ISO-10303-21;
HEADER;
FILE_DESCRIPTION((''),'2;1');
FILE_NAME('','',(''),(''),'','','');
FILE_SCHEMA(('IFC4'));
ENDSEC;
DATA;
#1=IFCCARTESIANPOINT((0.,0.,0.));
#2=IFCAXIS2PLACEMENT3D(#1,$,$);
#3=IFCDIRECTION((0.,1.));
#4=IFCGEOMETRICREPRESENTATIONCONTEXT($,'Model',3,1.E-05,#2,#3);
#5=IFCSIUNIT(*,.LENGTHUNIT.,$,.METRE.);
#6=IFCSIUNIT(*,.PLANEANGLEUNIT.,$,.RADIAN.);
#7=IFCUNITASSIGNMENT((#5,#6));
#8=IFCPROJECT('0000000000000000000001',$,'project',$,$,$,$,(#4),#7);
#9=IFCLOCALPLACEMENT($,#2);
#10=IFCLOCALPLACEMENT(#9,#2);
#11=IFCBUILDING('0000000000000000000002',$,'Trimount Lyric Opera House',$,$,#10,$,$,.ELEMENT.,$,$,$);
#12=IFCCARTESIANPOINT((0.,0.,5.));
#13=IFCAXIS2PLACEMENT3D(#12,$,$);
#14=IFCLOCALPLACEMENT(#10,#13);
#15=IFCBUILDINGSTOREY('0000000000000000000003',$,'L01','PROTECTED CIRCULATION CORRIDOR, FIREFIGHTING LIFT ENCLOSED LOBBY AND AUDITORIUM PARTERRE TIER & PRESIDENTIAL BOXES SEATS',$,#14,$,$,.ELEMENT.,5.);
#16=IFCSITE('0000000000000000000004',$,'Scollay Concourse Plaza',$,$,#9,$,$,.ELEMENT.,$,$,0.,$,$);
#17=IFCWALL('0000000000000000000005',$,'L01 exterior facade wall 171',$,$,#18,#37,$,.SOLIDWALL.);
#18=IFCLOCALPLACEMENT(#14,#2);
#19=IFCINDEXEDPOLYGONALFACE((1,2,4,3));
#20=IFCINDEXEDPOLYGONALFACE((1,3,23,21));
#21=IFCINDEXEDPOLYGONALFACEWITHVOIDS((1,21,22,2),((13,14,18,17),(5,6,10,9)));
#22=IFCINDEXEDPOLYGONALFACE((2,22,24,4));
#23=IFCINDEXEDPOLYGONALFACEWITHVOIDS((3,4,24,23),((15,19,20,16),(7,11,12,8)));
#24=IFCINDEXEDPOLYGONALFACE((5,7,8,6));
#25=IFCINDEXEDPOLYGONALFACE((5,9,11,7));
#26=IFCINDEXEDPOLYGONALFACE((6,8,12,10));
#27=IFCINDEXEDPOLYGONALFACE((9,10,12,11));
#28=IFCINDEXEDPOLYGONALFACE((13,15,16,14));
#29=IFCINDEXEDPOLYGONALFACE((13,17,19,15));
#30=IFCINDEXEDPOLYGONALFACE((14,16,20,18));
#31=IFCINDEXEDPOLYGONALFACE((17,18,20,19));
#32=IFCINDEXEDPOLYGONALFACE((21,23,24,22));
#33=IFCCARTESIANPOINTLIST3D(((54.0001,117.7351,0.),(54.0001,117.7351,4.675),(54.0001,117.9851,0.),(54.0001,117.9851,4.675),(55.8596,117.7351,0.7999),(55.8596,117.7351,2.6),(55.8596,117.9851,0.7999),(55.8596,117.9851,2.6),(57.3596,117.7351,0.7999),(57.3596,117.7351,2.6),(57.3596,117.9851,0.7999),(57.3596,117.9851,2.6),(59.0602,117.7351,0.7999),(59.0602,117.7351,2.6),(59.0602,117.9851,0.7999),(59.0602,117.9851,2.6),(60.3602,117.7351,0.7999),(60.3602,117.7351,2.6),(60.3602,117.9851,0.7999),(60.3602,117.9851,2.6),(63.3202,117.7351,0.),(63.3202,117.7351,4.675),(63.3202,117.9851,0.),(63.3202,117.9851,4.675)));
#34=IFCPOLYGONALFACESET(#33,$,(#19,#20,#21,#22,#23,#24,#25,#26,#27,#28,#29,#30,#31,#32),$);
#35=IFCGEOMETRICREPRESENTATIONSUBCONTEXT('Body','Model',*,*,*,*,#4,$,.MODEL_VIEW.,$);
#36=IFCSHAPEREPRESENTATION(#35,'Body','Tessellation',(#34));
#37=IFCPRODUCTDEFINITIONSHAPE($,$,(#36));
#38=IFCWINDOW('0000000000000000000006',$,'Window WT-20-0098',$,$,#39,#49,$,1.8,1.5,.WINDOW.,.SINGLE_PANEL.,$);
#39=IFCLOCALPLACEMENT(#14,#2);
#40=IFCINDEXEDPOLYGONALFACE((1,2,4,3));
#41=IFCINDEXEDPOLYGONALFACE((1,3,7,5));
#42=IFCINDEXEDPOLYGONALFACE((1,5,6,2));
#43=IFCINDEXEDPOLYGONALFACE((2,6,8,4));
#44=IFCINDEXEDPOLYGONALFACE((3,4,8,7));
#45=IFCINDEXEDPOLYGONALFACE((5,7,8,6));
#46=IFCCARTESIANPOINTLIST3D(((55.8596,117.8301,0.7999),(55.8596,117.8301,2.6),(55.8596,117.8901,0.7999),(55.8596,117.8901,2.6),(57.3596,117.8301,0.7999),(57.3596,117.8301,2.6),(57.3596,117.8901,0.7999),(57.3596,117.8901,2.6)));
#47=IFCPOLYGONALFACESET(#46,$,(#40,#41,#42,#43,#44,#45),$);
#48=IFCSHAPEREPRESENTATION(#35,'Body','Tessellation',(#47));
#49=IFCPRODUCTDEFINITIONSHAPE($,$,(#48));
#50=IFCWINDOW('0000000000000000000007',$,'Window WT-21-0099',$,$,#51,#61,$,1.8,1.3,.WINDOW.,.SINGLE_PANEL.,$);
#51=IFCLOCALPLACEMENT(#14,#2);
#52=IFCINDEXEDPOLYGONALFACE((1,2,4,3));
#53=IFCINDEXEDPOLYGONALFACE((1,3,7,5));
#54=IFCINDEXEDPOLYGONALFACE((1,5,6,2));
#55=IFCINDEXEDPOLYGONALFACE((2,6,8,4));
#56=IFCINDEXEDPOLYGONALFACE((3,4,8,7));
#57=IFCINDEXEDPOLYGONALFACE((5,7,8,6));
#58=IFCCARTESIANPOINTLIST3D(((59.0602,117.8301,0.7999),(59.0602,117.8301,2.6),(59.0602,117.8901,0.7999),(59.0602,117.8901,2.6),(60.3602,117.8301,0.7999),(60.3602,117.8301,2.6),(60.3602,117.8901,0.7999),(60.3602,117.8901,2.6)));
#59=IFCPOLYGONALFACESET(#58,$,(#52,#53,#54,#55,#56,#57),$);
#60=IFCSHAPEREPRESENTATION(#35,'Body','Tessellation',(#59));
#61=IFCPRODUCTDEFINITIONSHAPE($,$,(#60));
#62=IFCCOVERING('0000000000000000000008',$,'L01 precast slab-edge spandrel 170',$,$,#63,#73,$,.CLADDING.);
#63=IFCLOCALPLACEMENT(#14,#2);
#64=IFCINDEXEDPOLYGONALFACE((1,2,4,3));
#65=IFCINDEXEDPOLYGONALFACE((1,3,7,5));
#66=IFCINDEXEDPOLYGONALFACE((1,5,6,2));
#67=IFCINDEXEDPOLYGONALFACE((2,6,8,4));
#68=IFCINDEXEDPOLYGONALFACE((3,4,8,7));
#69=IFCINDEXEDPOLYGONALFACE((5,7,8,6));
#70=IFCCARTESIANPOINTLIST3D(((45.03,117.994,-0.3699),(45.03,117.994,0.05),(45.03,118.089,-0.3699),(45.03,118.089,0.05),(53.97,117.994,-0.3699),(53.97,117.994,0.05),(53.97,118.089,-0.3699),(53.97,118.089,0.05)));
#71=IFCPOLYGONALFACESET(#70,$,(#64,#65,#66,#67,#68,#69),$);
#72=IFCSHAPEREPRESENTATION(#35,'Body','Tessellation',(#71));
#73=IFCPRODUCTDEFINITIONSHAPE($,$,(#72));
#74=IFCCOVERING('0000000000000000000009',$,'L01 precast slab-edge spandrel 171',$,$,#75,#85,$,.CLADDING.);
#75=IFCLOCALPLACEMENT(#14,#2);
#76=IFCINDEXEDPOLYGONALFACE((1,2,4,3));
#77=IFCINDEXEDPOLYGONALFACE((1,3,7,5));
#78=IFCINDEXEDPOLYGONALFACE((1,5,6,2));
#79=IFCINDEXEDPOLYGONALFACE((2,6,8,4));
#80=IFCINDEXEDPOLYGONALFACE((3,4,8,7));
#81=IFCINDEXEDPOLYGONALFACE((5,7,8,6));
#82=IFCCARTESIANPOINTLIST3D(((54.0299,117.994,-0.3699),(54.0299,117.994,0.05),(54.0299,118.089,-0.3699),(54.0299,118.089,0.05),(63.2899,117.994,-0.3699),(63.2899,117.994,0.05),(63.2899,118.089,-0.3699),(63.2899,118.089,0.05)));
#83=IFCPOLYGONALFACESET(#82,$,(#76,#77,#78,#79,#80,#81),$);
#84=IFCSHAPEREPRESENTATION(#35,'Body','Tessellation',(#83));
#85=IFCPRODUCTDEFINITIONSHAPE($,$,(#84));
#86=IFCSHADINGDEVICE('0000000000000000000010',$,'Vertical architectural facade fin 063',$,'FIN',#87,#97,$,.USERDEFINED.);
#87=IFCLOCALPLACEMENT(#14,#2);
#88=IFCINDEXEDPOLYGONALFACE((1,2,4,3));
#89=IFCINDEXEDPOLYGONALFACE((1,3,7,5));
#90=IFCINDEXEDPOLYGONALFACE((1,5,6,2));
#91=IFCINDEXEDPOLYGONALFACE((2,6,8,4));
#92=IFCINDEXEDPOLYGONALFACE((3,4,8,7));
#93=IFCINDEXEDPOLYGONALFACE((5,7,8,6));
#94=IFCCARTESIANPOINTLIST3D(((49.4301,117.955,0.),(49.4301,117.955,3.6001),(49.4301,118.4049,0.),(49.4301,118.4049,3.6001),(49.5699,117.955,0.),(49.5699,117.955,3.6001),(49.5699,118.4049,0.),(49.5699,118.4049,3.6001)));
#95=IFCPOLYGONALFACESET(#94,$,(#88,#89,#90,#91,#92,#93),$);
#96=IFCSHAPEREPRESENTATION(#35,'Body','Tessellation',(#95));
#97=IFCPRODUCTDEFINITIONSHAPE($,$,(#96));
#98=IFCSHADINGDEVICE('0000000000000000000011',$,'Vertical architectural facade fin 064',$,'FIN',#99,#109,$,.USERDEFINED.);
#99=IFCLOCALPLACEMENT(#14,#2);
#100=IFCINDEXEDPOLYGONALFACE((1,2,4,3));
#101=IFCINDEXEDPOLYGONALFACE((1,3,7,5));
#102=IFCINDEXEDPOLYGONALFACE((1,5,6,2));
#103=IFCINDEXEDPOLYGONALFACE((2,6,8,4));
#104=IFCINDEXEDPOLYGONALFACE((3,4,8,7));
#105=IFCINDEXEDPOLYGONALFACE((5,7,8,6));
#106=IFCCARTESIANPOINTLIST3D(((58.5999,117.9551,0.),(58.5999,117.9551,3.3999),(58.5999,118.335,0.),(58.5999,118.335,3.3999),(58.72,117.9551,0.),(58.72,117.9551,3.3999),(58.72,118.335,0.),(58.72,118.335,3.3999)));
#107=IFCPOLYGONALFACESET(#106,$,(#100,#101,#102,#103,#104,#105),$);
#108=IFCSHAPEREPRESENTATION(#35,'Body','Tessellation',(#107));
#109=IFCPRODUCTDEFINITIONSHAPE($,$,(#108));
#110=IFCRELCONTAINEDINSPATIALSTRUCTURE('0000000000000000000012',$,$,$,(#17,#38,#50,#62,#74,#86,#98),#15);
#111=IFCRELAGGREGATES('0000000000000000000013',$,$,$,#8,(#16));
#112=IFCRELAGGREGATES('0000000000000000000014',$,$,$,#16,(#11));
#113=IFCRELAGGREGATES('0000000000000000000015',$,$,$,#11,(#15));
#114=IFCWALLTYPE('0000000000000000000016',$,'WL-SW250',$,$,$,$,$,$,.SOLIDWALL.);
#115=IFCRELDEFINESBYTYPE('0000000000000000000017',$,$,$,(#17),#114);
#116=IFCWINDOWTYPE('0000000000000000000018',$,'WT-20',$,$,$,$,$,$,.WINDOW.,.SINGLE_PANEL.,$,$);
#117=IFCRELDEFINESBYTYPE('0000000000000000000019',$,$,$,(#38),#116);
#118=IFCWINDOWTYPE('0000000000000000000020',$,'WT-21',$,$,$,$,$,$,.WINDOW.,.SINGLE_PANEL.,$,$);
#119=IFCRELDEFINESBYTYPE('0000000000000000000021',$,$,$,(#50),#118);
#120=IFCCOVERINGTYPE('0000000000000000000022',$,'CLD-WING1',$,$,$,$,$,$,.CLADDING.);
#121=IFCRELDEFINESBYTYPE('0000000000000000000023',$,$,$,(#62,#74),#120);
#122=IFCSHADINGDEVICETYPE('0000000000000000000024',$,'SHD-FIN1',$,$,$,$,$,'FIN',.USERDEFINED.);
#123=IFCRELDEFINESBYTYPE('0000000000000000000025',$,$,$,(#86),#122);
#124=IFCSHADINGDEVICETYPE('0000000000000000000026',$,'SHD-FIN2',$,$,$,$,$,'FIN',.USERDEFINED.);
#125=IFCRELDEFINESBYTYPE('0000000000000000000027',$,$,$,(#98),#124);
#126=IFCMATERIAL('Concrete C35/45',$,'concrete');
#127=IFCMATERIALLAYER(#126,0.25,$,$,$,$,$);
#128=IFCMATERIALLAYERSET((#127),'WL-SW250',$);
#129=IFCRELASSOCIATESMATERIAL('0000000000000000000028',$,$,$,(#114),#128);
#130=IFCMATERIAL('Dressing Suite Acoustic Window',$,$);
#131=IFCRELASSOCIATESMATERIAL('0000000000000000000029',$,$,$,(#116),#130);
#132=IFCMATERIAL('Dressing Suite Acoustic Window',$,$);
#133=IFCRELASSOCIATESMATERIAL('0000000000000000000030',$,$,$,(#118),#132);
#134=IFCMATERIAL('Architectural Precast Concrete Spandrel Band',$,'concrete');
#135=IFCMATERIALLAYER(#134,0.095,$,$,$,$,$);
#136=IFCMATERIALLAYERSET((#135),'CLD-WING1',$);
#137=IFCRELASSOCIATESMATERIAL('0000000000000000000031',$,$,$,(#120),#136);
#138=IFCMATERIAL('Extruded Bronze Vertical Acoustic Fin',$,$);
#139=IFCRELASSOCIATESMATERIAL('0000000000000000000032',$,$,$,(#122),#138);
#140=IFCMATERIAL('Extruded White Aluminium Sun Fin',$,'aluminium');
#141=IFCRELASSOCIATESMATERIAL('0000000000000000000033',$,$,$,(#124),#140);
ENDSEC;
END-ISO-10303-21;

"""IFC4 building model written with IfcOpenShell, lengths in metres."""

from ifc_helpers import new_model, si_unit, direction, frame, frame_2d, origin, origin_2d, place, context, subcontext, project, spatial, rectangle, extrude, material, layer, layer_set, type_object, element, fill, save


model = new_model("IFC4")

# Units and contexts
model_context = context("Model", 3, precision=1e-05, world=origin(), true_north=direction((0.0, 1.0)))
body_context = subcontext(model_context, "Body", "Model", "MODEL_VIEW")
ifc_project = project(units=[si_unit("LENGTHUNIT", "METRE"), si_unit("PLANEANGLEUNIT", "RADIAN")], contexts=[model_context])

# Site, building, storey
site_placement = place(None, origin())
site = spatial("IfcSite", under=ifc_project, at=site_placement, Name="Scollay Concourse Plaza", CompositionType="ELEMENT", RefElevation=0.0)
building_placement = place(site_placement, origin())
building = spatial("IfcBuilding", under=site, at=building_placement, Name="Trimount Lyric Opera House", CompositionType="ELEMENT")
storey_placement = place(building_placement, frame((0.0, 0.0, 5.0)))
storey = spatial("IfcBuildingStorey", under=building, at=storey_placement, Name="L01", Description="PROTECTED CIRCULATION CORRIDOR, FIREFIGHTING LIFT ENCLOSED LOBBY AND AUDITORIUM PARTERRE TIER & PRESIDENTIAL BOXES SEATS", CompositionType="ELEMENT", Elevation=5.0)

# Wall, openings, windows
ifc_material_1 = material(Name="Concrete C35/45", Category="concrete")
ifc_layer_1 = layer(ifc_material_1, 0.25)
ifc_layer_set_1 = layer_set([ifc_layer_1], Name="WL-SW250")
wall_type_1 = type_object("IfcWallType", Name="WL-SW250", PredefinedType="SOLIDWALL", material=ifc_layer_set_1)
wall_1_placement = place(storey_placement, frame((54.0, 117.8601, 0.0), z_axis=(0.0, 0.0, 1.0), x_axis=(1.0, 0.0, 0.0)))
wall_1 = element("IfcWall", 1, at=wall_1_placement, inside=storey, type_object=wall_type_1, Name="L01 exterior facade wall 171", PredefinedType="SOLIDWALL", context=body_context, shape_type="SweptSolid", body=[
    extrude(rectangle(XDim=9.3201, YDim=0.25, at=frame_2d((4.6602, 0.0))), origin(), (0.0, 0.0, 1.0), 4.675),
])
opening_1_placement = place(wall_1_placement, frame((1.8596, 0.0, 0.8)))
opening_1 = element("IfcOpeningElement", 2, at=opening_1_placement, cuts=wall_1, PredefinedType="OPENING", context=body_context, shape_type="SweptSolid", body=[
    extrude(rectangle(XDim=1.5, YDim=1.8, at=frame_2d((0.75, 0.8999))), frame((0.0, 0.135, 0.0), z_axis=(0.0, -1.0, 0.0), x_axis=(1.0, 0.0, 0.0)), (0.0, 0.0, 1.0), 0.27),
])
opening_2_placement = place(wall_1_placement, frame((5.0603, 0.0, 0.8)))
opening_2 = element("IfcOpeningElement", 3, at=opening_2_placement, cuts=wall_1, PredefinedType="OPENING", context=body_context, shape_type="SweptSolid", body=[
    extrude(rectangle(XDim=1.3, YDim=1.8, at=frame_2d((0.6499, 0.8999))), frame((0.0, 0.135, 0.0), z_axis=(0.0, -1.0, 0.0), x_axis=(1.0, 0.0, 0.0)), (0.0, 0.0, 1.0), 0.27),
])
ifc_material_2 = material(Name="Dressing Suite Acoustic Window")
window_type_1 = type_object("IfcWindowType", Name="WT-20", PartitioningType="SINGLE_PANEL", PredefinedType="WINDOW", material=ifc_material_2)
window_1_placement = place(opening_1_placement, origin())
window_1 = element("IfcWindow", 4, at=window_1_placement, inside=storey, type_object=window_type_1, Name="Window WT-20-0098", OverallHeight=1.8, OverallWidth=1.5, PartitioningType="SINGLE_PANEL", PredefinedType="WINDOW", context=body_context, shape_type="SweptSolid", body=[
    extrude(rectangle(XDim=1.5, YDim=1.8, at=frame_2d((0.75, 0.8999))), frame((0.0, 0.03, 0.0), z_axis=(0.0, -1.0, 0.0), x_axis=(1.0, 0.0, 0.0)), (0.0, 0.0, 1.0), 0.0601),
])
fill(opening_1, window_1)
ifc_material_3 = material(Name="Dressing Suite Acoustic Window")
window_type_2 = type_object("IfcWindowType", Name="WT-21", PartitioningType="SINGLE_PANEL", PredefinedType="WINDOW", material=ifc_material_3)
window_2_placement = place(opening_2_placement, origin())
window_2 = element("IfcWindow", 5, at=window_2_placement, inside=storey, type_object=window_type_2, Name="Window WT-21-0099", OverallHeight=1.8, OverallWidth=1.3, PartitioningType="SINGLE_PANEL", PredefinedType="WINDOW", context=body_context, shape_type="SweptSolid", body=[
    extrude(rectangle(XDim=1.3, YDim=1.8, at=frame_2d((0.6499, 0.8999))), frame((0.0, 0.03, 0.0), z_axis=(0.0, -1.0, 0.0), x_axis=(1.0, 0.0, 0.0)), (0.0, 0.0, 1.0), 0.0601),
])
fill(opening_2, window_2)

# Coverings
ifc_material_4 = material(Name="Architectural Precast Concrete Spandrel Band", Category="concrete")
ifc_layer_2 = layer(ifc_material_4, 0.095)
ifc_layer_set_2 = layer_set([ifc_layer_2], Name="CLD-WING1")
covering_type = type_object("IfcCoveringType", Name="CLD-WING1", PredefinedType="CLADDING", material=ifc_layer_set_2)
covering_1_placement = place(storey_placement, frame((49.5, 118.0415, -0.3699), z_axis=(0.0, 0.0, 1.0), x_axis=(1.0, 0.0, 0.0)))
element("IfcCovering", 6, at=covering_1_placement, inside=storey, type_object=covering_type, Name="L01 precast slab-edge spandrel 170", PredefinedType="CLADDING", context=body_context, shape_type="SweptSolid", body=[
    extrude(rectangle(XDim=8.9399, YDim=0.095, at=origin_2d()), origin(), (0.0, 0.0, 1.0), 0.4199),
])
covering_2_placement = place(storey_placement, frame((58.6599, 118.0415, -0.3699), z_axis=(0.0, 0.0, 1.0), x_axis=(1.0, 0.0, 0.0)))
element("IfcCovering", 7, at=covering_2_placement, inside=storey, type_object=covering_type, Name="L01 precast slab-edge spandrel 171", PredefinedType="CLADDING", context=body_context, shape_type="SweptSolid", body=[
    extrude(rectangle(XDim=9.26, YDim=0.095, at=origin_2d()), origin(), (0.0, 0.0, 1.0), 0.4199),
])

# Shading devices
ifc_material_5 = material(Name="Extruded Bronze Vertical Acoustic Fin")
shading_device_type_1 = type_object("IfcShadingDeviceType", Name="SHD-FIN1", ElementType="FIN", PredefinedType="USERDEFINED", material=ifc_material_5)
shading_device_1_placement = place(storey_placement, frame((49.5, 118.1799, 0.0), z_axis=(0.0, 0.0, 1.0), x_axis=(1.0, 0.0, 0.0)))
element("IfcShadingDevice", 8, at=shading_device_1_placement, inside=storey, type_object=shading_device_type_1, Name="Vertical architectural facade fin 063", ObjectType="FIN", PredefinedType="USERDEFINED", context=body_context, shape_type="SweptSolid", body=[
    extrude(rectangle(XDim=0.1399, YDim=0.45, at=origin_2d()), origin(), (0.0, 0.0, 1.0), 3.6001),
])
ifc_material_6 = material(Name="Extruded White Aluminium Sun Fin", Category="aluminium")
shading_device_type_2 = type_object("IfcShadingDeviceType", Name="SHD-FIN2", ElementType="FIN", PredefinedType="USERDEFINED", material=ifc_material_6)
shading_device_2_placement = place(storey_placement, frame((58.6599, 118.145, 0.0), z_axis=(0.0, 0.0, 1.0), x_axis=(1.0, 0.0, 0.0)))
element("IfcShadingDevice", 9, at=shading_device_2_placement, inside=storey, type_object=shading_device_type_2, Name="Vertical architectural facade fin 064", ObjectType="FIN", PredefinedType="USERDEFINED", context=body_context, shape_type="SweptSolid", body=[
    extrude(rectangle(XDim=0.1201, YDim=0.3799, at=origin_2d()), origin(), (0.0, 0.0, 1.0), 3.3999),
])

save(model, "model.ifc")
